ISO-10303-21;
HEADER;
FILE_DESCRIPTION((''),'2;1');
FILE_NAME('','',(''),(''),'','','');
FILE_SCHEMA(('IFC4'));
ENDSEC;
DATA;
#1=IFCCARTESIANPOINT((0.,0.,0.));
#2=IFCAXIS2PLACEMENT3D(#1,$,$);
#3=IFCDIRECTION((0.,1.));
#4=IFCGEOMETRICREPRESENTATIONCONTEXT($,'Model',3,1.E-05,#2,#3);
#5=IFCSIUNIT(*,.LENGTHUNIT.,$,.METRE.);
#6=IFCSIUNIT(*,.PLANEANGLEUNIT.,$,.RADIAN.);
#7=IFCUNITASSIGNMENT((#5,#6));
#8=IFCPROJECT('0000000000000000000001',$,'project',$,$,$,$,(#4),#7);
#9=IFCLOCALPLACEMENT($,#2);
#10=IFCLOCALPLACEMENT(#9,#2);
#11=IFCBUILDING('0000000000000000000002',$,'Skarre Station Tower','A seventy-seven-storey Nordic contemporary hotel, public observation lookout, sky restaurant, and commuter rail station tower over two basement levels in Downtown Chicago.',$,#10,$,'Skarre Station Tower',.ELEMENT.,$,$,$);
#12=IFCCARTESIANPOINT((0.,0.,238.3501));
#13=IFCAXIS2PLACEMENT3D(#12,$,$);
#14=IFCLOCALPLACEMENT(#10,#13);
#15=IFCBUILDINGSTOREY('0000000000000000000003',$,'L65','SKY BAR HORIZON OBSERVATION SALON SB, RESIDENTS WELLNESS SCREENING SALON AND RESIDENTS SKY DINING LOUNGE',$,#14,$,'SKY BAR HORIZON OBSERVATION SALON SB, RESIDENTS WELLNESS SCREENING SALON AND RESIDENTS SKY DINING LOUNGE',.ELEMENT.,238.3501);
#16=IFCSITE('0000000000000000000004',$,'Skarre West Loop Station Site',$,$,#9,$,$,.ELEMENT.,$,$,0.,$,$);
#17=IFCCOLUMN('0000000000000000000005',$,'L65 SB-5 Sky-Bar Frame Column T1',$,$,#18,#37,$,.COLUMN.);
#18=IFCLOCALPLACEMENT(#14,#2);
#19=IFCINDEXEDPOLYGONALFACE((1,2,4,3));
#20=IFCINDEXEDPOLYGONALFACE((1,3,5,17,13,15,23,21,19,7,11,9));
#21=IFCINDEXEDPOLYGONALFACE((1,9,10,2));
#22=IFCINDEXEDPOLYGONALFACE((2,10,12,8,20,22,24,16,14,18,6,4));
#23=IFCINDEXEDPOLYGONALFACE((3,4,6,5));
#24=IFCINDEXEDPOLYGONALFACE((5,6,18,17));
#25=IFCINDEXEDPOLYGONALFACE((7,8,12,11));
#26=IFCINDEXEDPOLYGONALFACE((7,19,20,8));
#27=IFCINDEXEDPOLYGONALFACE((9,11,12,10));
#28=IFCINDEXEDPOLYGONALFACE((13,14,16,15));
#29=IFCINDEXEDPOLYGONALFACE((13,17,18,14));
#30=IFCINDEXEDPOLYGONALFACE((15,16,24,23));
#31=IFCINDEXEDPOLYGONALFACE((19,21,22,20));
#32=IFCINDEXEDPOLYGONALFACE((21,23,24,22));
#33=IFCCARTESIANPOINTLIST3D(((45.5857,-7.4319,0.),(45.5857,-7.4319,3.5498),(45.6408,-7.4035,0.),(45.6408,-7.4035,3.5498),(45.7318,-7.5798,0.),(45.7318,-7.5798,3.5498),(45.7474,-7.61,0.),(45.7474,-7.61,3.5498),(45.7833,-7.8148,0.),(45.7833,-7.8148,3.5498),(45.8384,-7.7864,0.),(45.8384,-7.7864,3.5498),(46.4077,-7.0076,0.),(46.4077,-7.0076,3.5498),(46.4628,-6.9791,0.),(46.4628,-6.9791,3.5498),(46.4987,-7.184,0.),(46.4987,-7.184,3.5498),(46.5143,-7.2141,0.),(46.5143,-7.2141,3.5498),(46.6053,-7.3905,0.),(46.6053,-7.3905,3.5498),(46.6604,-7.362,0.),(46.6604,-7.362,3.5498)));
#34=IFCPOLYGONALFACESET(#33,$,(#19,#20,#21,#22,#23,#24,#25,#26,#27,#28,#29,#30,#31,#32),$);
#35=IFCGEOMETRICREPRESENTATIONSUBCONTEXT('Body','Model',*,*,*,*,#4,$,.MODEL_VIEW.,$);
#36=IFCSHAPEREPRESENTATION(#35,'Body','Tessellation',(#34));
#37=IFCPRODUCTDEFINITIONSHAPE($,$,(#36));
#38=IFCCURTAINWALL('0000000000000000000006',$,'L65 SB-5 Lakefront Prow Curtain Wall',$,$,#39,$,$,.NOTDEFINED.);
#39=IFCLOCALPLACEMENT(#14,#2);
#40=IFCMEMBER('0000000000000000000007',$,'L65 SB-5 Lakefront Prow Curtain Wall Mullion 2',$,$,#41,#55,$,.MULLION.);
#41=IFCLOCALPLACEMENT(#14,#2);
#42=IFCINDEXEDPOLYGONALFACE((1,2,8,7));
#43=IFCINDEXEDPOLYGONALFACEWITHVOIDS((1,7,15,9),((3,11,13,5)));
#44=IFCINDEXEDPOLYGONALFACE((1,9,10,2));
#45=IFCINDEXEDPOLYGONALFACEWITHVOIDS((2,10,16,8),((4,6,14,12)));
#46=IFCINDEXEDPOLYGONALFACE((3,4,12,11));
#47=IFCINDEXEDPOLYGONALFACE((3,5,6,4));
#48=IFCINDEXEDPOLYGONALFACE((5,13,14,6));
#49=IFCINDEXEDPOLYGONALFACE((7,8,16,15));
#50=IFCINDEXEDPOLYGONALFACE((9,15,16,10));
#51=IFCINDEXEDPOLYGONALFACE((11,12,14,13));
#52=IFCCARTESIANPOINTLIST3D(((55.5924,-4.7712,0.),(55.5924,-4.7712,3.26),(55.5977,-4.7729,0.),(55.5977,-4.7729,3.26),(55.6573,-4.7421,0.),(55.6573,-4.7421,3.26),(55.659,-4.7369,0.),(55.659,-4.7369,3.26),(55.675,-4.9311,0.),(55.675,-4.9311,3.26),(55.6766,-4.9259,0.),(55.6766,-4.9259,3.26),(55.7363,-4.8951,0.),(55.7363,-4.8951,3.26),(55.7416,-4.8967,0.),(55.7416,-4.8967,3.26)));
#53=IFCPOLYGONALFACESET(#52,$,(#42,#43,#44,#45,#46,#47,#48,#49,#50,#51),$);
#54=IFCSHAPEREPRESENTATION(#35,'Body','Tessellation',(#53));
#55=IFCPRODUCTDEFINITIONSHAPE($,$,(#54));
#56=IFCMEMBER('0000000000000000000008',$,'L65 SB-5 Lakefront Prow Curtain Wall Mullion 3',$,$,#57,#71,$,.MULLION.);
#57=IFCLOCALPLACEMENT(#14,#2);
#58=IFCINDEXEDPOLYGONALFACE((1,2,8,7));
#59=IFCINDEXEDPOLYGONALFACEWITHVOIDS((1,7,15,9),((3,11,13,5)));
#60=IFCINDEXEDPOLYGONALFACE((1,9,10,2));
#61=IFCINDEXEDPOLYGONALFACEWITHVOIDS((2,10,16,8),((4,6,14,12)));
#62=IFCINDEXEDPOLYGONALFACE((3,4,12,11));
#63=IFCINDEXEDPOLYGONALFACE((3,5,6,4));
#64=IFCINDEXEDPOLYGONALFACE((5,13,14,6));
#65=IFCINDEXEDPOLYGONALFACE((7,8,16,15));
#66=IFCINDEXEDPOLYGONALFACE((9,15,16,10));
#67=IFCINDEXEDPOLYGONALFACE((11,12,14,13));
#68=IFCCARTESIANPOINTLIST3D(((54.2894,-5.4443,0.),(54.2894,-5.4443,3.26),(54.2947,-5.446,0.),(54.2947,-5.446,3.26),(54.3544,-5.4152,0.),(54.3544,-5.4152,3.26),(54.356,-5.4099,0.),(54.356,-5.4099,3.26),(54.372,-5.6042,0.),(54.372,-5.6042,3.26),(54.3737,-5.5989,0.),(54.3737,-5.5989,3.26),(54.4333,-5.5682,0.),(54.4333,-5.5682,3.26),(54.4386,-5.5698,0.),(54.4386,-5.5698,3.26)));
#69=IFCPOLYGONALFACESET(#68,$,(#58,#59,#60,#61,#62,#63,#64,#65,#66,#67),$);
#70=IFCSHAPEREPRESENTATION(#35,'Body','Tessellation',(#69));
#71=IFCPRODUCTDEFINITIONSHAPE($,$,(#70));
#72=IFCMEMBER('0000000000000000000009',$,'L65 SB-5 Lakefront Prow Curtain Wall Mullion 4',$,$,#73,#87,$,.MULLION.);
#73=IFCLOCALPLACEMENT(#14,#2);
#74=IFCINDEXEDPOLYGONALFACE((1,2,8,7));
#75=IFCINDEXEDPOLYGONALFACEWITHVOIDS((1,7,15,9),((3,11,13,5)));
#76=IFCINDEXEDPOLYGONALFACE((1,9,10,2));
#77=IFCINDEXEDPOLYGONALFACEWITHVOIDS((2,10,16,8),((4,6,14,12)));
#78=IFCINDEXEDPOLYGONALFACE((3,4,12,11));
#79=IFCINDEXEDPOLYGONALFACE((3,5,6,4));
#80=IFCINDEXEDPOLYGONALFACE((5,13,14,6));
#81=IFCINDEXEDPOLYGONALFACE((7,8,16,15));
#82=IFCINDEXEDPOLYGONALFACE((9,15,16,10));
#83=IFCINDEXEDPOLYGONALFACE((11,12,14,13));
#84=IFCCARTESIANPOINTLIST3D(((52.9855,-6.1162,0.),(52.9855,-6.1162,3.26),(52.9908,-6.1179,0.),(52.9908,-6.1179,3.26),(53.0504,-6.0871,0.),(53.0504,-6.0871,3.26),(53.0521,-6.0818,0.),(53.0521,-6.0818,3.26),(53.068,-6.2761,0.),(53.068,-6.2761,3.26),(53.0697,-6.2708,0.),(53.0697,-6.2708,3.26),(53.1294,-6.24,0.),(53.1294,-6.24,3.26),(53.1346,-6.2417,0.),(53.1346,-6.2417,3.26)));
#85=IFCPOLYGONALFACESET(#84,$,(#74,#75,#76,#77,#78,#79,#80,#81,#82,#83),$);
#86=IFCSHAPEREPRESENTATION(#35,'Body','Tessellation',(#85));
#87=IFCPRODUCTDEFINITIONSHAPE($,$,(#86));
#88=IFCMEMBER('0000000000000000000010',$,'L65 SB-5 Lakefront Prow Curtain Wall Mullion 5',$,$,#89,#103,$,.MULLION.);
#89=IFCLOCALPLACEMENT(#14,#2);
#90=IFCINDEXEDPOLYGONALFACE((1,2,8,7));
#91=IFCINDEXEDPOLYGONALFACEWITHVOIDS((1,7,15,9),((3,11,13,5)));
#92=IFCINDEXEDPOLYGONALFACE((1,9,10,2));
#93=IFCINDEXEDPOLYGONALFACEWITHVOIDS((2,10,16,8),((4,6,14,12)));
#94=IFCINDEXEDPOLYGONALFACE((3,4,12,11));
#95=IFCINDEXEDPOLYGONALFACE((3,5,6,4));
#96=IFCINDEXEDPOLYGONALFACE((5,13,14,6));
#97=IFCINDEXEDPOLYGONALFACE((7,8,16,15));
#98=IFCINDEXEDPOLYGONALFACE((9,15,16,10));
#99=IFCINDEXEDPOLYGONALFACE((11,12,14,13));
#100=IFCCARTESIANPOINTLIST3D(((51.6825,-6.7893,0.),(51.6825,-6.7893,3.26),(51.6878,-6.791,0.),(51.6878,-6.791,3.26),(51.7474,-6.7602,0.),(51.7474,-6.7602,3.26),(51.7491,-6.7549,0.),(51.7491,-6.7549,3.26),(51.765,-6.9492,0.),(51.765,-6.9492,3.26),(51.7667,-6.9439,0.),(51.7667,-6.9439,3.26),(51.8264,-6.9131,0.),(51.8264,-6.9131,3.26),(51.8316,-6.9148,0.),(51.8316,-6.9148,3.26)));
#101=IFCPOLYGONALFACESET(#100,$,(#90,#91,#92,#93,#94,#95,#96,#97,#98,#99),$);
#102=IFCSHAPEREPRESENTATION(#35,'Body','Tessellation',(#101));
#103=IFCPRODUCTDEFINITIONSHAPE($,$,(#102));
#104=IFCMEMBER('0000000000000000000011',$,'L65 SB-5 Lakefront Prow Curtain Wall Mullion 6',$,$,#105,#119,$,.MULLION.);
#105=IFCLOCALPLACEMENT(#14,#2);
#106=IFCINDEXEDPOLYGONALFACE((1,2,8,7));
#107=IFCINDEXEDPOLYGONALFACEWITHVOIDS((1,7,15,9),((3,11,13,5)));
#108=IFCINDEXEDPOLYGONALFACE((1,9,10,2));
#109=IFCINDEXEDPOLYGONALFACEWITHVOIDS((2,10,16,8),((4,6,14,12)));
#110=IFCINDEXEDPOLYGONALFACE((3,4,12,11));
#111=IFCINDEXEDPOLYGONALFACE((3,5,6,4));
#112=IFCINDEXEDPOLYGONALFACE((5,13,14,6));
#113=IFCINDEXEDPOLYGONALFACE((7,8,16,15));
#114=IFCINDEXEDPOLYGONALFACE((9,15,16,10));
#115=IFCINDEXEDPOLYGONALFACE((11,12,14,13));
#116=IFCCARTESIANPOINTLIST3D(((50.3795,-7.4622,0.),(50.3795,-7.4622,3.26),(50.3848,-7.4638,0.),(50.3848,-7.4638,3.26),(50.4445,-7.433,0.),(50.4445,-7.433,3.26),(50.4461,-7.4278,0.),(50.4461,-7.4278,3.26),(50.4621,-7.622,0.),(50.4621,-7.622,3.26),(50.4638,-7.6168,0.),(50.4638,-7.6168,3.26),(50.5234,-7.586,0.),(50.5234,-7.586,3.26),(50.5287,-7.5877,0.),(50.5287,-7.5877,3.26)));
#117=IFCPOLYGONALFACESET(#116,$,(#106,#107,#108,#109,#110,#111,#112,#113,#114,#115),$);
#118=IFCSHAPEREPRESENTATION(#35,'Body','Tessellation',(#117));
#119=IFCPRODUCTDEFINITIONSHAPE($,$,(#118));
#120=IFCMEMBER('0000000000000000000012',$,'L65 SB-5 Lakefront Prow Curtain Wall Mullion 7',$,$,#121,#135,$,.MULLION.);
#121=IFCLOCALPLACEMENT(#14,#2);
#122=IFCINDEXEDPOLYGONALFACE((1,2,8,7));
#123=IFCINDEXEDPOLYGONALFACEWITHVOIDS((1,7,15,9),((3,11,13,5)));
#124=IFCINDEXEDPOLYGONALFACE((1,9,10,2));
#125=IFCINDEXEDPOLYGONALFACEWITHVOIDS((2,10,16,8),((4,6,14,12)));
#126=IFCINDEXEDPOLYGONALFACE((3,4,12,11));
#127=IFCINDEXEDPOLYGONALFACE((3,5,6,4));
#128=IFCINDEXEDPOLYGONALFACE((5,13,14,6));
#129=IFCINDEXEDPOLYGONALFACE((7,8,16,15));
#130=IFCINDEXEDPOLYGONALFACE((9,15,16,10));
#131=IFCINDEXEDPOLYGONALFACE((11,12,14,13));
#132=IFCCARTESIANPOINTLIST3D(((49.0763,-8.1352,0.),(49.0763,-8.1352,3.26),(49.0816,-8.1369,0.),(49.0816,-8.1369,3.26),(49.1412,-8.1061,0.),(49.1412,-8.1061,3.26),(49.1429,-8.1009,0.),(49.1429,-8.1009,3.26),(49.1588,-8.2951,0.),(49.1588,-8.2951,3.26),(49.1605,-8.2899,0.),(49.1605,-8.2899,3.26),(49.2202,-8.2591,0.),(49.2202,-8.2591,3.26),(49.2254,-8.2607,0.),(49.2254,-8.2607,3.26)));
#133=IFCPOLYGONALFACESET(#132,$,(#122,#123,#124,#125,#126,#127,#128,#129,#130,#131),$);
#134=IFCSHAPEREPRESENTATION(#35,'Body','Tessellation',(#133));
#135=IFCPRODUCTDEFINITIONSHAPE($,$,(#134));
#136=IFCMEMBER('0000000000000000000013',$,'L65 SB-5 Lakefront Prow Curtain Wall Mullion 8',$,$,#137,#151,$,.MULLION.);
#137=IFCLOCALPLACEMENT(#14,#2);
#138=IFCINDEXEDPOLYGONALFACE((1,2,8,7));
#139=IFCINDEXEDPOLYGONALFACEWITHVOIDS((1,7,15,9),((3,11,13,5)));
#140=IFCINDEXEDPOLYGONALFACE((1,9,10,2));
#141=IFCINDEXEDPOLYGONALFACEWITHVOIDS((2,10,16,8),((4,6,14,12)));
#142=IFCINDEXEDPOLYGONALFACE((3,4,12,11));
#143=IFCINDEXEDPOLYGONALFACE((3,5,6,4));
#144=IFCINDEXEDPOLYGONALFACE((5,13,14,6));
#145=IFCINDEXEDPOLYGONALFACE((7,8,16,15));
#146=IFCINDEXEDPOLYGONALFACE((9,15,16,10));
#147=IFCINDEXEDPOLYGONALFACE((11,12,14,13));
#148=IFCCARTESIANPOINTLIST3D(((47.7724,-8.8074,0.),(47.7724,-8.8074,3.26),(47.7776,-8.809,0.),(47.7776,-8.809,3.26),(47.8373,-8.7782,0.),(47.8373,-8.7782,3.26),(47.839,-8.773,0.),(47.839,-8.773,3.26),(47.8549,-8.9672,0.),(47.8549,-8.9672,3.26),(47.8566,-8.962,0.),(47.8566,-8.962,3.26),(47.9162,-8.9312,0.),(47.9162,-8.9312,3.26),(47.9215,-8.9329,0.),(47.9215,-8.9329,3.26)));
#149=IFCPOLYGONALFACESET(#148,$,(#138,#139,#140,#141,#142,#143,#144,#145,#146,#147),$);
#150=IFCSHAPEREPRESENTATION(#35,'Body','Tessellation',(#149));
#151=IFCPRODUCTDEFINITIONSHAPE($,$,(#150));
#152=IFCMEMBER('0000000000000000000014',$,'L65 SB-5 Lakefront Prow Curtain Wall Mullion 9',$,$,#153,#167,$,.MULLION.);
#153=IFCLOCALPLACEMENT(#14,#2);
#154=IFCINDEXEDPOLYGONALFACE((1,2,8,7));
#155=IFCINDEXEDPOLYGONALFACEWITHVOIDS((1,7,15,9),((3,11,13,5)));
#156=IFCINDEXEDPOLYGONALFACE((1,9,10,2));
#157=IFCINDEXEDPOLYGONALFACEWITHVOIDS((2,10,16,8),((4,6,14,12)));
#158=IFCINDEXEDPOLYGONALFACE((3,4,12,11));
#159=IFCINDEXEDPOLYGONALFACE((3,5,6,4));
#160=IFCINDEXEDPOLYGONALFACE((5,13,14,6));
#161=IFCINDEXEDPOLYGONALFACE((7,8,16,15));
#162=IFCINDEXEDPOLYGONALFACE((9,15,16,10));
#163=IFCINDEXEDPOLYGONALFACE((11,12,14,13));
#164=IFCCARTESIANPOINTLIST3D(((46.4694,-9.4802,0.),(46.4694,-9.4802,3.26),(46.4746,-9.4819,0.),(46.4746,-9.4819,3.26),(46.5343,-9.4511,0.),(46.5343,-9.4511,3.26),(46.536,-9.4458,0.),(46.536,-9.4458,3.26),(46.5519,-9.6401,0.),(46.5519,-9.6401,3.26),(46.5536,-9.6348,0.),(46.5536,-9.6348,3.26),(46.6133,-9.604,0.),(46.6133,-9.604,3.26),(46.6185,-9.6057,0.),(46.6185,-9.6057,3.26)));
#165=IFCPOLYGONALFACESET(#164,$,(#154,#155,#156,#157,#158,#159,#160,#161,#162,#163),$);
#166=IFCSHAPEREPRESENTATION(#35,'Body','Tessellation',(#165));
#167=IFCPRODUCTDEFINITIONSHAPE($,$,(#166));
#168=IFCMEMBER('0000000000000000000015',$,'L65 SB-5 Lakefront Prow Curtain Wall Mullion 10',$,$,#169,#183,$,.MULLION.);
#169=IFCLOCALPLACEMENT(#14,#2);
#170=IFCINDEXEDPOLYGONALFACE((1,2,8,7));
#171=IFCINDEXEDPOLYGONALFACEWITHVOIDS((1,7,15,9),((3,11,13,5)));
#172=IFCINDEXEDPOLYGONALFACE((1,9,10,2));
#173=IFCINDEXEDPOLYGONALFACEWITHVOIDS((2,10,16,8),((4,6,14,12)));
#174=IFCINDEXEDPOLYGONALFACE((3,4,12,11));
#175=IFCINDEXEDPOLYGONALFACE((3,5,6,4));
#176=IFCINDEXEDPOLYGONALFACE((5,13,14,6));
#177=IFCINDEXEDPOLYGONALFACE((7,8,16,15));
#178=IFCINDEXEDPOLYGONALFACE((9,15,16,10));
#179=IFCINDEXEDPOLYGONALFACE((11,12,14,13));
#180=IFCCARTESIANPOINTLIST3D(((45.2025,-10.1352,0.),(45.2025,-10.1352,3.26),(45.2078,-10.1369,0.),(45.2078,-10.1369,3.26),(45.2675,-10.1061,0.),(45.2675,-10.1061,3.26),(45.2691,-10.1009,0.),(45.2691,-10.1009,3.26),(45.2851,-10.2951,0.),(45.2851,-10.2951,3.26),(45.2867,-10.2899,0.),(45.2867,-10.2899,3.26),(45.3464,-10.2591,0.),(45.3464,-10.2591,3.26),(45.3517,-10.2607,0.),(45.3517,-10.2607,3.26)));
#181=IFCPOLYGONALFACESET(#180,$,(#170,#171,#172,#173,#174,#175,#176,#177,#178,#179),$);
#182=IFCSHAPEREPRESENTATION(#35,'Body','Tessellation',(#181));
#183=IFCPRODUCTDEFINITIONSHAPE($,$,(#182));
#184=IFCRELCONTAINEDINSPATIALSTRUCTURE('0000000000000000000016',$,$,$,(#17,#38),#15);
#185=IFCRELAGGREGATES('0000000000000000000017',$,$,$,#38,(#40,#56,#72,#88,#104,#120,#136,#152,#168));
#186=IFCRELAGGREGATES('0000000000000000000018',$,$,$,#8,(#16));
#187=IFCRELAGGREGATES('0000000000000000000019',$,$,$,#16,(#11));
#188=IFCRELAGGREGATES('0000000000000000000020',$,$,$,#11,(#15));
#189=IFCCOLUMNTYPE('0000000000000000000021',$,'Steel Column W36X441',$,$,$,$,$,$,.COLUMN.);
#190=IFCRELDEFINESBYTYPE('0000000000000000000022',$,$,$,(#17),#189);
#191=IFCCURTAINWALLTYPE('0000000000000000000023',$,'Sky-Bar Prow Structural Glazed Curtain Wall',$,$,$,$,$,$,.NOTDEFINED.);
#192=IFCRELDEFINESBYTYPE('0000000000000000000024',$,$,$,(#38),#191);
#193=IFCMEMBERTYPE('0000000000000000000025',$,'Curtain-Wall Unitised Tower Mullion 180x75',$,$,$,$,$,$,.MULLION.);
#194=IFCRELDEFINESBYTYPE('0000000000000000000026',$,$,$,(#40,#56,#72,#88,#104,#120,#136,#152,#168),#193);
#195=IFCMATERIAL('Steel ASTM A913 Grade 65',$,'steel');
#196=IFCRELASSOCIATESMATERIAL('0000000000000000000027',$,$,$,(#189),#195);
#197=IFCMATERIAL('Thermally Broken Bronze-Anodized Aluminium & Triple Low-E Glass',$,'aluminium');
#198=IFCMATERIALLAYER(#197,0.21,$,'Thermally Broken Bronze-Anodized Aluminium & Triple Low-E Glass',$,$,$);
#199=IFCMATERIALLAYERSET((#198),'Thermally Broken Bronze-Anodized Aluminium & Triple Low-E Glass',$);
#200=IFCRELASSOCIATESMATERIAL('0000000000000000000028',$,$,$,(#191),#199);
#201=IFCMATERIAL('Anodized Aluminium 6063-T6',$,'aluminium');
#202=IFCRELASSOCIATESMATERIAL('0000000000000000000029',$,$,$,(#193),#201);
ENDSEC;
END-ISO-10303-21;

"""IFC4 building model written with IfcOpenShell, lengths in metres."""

from ifc_helpers import new_model, si_unit, direction, frame, origin, origin_2d, place, context, subcontext, project, spatial, hollow_rectangle, i_section, extrude, material, layer, layer_set, material_profile, profile_set, type_object, element, aggregate, save


model = new_model("IFC4")

# Units and contexts
model_context = context("Model", 3, precision=1e-05, world=origin(), true_north=direction((0.0, 1.0)))
body_context = subcontext(model_context, "Body", "Model", "MODEL_VIEW")
ifc_project = project(units=[si_unit("LENGTHUNIT", "METRE"), si_unit("PLANEANGLEUNIT", "RADIAN")], contexts=[model_context])

# Site, building, storey
site_placement = place(None, origin())
site = spatial("IfcSite", under=ifc_project, at=site_placement, Name="Skarre West Loop Station Site", CompositionType="ELEMENT", RefElevation=0.0)
building_placement = place(site_placement, origin())
building = spatial("IfcBuilding", under=site, at=building_placement, Name="Skarre Station Tower", Description="A seventy-seven-storey Nordic contemporary hotel, public observation lookout, sky restaurant, and commuter rail station tower over two basement levels in Downtown Chicago.", LongName="Skarre Station Tower", CompositionType="ELEMENT")
storey_placement = place(building_placement, frame((0.0, 0.0, 238.3501)))
storey = spatial("IfcBuildingStorey", under=building, at=storey_placement, Name="L65", Description="SKY BAR HORIZON OBSERVATION SALON SB, RESIDENTS WELLNESS SCREENING SALON AND RESIDENTS SKY DINING LOUNGE", LongName="SKY BAR HORIZON OBSERVATION SALON SB, RESIDENTS WELLNESS SCREENING SALON AND RESIDENTS SKY DINING LOUNGE", CompositionType="ELEMENT", Elevation=238.3501)

# Column
ifc_material_1 = material(Name="Steel ASTM A913 Grade 65", Category="steel")
ifc_material_profile_1 = material_profile(ifc_material_1, i_section(OverallWidth=0.4309, OverallDepth=0.9871, WebThickness=0.0339, FlangeThickness=0.062, at=origin_2d()), Name="Steel ASTM A913 Grade 65")
ifc_profile_set_1 = profile_set([ifc_material_profile_1], Name="Steel ASTM A913 Grade 65")
column_type = type_object("IfcColumnType", Name="Steel Column W36X441", PredefinedType="COLUMN", material=ifc_profile_set_1)
column_placement = place(storey_placement, frame((46.123, -7.397, 0.0), z_axis=(0.0, 0.0, 1.0), x_axis=(0.458712, -0.888585, 0.0)))
element("IfcColumn", 1, at=column_placement, inside=storey, type_object=column_type, Name="L65 SB-5 Sky-Bar Frame Column T1", PredefinedType="COLUMN", context=body_context, shape_type="SweptSolid", body=[
    extrude(i_section(OverallWidth=0.4309, OverallDepth=0.9871, WebThickness=0.0339, FlangeThickness=0.062, at=origin_2d()), origin(), (0.0, 0.0, 1.0), 3.5498),
])

# Curtain wall, members
ifc_material_2 = material(Name="Thermally Broken Bronze-Anodized Aluminium & Triple Low-E Glass", Category="aluminium")
ifc_layer_1 = layer(ifc_material_2, 0.21, Name="Thermally Broken Bronze-Anodized Aluminium & Triple Low-E Glass")
ifc_layer_set_1 = layer_set([ifc_layer_1], Name="Thermally Broken Bronze-Anodized Aluminium & Triple Low-E Glass")
curtain_wall_type = type_object("IfcCurtainWallType", Name="Sky-Bar Prow Structural Glazed Curtain Wall", PredefinedType="NOTDEFINED", material=ifc_layer_set_1)
curtain_wall_placement = place(storey_placement, origin())
curtain_wall = element("IfcCurtainWall", 2, at=curtain_wall_placement, inside=storey, type_object=curtain_wall_type, Name="L65 SB-5 Lakefront Prow Curtain Wall", PredefinedType="NOTDEFINED")
ifc_material_3 = material(Name="Anodized Aluminium 6063-T6", Category="aluminium")
ifc_material_profile_2 = material_profile(ifc_material_3, hollow_rectangle(XDim=0.075, YDim=0.1799, WallThickness=0.0039, at=origin_2d()), Name="Anodized Aluminium 6063-T6")
ifc_profile_set_2 = profile_set([ifc_material_profile_2], Name="Anodized Aluminium 6063-T6")
member_type = type_object("IfcMemberType", Name="Curtain-Wall Unitised Tower Mullion 180x75", PredefinedType="MULLION", material=ifc_profile_set_2)
member_1_placement = place(storey_placement, frame((55.667, -4.834, 0.0), z_axis=(0.0, 0.0, 1.0), x_axis=(-0.888577, -0.458727, 0.0)))
member_1 = element("IfcMember", 3, at=member_1_placement, type_object=member_type, Name="L65 SB-5 Lakefront Prow Curtain Wall Mullion 2", PredefinedType="MULLION", context=body_context, shape_type="SweptSolid", body=[
    extrude(hollow_rectangle(XDim=0.075, YDim=0.1799, WallThickness=0.0039, at=origin_2d()), origin(), (0.0, 0.0, 1.0), 3.26),
])
member_2_placement = place(storey_placement, frame((54.364, -5.5071, 0.0), z_axis=(0.0, 0.0, 1.0), x_axis=(-0.888577, -0.458727, 0.0)))
member_2 = element("IfcMember", 4, at=member_2_placement, type_object=member_type, Name="L65 SB-5 Lakefront Prow Curtain Wall Mullion 3", PredefinedType="MULLION", context=body_context, shape_type="SweptSolid", body=[
    extrude(hollow_rectangle(XDim=0.075, YDim=0.1799, WallThickness=0.0039, at=origin_2d()), origin(), (0.0, 0.0, 1.0), 3.26),
])
member_3_placement = place(storey_placement, frame((53.0601, -6.179, 0.0), z_axis=(0.0, 0.0, 1.0), x_axis=(-0.888577, -0.458727, 0.0)))
member_3 = element("IfcMember", 5, at=member_3_placement, type_object=member_type, Name="L65 SB-5 Lakefront Prow Curtain Wall Mullion 4", PredefinedType="MULLION", context=body_context, shape_type="SweptSolid", body=[
    extrude(hollow_rectangle(XDim=0.075, YDim=0.1799, WallThickness=0.0039, at=origin_2d()), origin(), (0.0, 0.0, 1.0), 3.26),
])
member_4_placement = place(storey_placement, frame((51.7571, -6.8521, 0.0), z_axis=(0.0, 0.0, 1.0), x_axis=(-0.888577, -0.458727, 0.0)))
member_4 = element("IfcMember", 6, at=member_4_placement, type_object=member_type, Name="L65 SB-5 Lakefront Prow Curtain Wall Mullion 5", PredefinedType="MULLION", context=body_context, shape_type="SweptSolid", body=[
    extrude(hollow_rectangle(XDim=0.075, YDim=0.1799, WallThickness=0.0039, at=origin_2d()), origin(), (0.0, 0.0, 1.0), 3.26),
])
member_5_placement = place(storey_placement, frame((50.4541, -7.5249, 0.0), z_axis=(0.0, 0.0, 1.0), x_axis=(-0.888577, -0.458727, 0.0)))
member_5 = element("IfcMember", 7, at=member_5_placement, type_object=member_type, Name="L65 SB-5 Lakefront Prow Curtain Wall Mullion 6", PredefinedType="MULLION", context=body_context, shape_type="SweptSolid", body=[
    extrude(hollow_rectangle(XDim=0.075, YDim=0.1799, WallThickness=0.0039, at=origin_2d()), origin(), (0.0, 0.0, 1.0), 3.26),
])
member_6_placement = place(storey_placement, frame((49.1509, -8.198, 0.0), z_axis=(0.0, 0.0, 1.0), x_axis=(-0.888577, -0.458727, 0.0)))
member_6 = element("IfcMember", 8, at=member_6_placement, type_object=member_type, Name="L65 SB-5 Lakefront Prow Curtain Wall Mullion 7", PredefinedType="MULLION", context=body_context, shape_type="SweptSolid", body=[
    extrude(hollow_rectangle(XDim=0.075, YDim=0.1799, WallThickness=0.0039, at=origin_2d()), origin(), (0.0, 0.0, 1.0), 3.26),
])
member_7_placement = place(storey_placement, frame((47.8469, -8.8701, 0.0), z_axis=(0.0, 0.0, 1.0), x_axis=(-0.888577, -0.458727, 0.0)))
member_7 = element("IfcMember", 9, at=member_7_placement, type_object=member_type, Name="L65 SB-5 Lakefront Prow Curtain Wall Mullion 8", PredefinedType="MULLION", context=body_context, shape_type="SweptSolid", body=[
    extrude(hollow_rectangle(XDim=0.075, YDim=0.1799, WallThickness=0.0039, at=origin_2d()), origin(), (0.0, 0.0, 1.0), 3.26),
])
member_8_placement = place(storey_placement, frame((46.5439, -9.543, 0.0), z_axis=(0.0, 0.0, 1.0), x_axis=(-0.888577, -0.458727, 0.0)))
member_8 = element("IfcMember", 10, at=member_8_placement, type_object=member_type, Name="L65 SB-5 Lakefront Prow Curtain Wall Mullion 9", PredefinedType="MULLION", context=body_context, shape_type="SweptSolid", body=[
    extrude(hollow_rectangle(XDim=0.075, YDim=0.1799, WallThickness=0.0039, at=origin_2d()), origin(), (0.0, 0.0, 1.0), 3.26),
])
member_9_placement = place(storey_placement, frame((45.2771, -10.198, 0.0), z_axis=(0.0, 0.0, 1.0), x_axis=(-0.888577, -0.458727, 0.0)))
member_9 = element("IfcMember", 11, at=member_9_placement, type_object=member_type, Name="L65 SB-5 Lakefront Prow Curtain Wall Mullion 10", PredefinedType="MULLION", context=body_context, shape_type="SweptSolid", body=[
    extrude(hollow_rectangle(XDim=0.075, YDim=0.1799, WallThickness=0.0039, at=origin_2d()), origin(), (0.0, 0.0, 1.0), 3.26),
])

aggregate(curtain_wall, [member_1, member_2, member_3, member_4, member_5, member_6, member_7, member_8, member_9])

save(model, "model.ifc")
